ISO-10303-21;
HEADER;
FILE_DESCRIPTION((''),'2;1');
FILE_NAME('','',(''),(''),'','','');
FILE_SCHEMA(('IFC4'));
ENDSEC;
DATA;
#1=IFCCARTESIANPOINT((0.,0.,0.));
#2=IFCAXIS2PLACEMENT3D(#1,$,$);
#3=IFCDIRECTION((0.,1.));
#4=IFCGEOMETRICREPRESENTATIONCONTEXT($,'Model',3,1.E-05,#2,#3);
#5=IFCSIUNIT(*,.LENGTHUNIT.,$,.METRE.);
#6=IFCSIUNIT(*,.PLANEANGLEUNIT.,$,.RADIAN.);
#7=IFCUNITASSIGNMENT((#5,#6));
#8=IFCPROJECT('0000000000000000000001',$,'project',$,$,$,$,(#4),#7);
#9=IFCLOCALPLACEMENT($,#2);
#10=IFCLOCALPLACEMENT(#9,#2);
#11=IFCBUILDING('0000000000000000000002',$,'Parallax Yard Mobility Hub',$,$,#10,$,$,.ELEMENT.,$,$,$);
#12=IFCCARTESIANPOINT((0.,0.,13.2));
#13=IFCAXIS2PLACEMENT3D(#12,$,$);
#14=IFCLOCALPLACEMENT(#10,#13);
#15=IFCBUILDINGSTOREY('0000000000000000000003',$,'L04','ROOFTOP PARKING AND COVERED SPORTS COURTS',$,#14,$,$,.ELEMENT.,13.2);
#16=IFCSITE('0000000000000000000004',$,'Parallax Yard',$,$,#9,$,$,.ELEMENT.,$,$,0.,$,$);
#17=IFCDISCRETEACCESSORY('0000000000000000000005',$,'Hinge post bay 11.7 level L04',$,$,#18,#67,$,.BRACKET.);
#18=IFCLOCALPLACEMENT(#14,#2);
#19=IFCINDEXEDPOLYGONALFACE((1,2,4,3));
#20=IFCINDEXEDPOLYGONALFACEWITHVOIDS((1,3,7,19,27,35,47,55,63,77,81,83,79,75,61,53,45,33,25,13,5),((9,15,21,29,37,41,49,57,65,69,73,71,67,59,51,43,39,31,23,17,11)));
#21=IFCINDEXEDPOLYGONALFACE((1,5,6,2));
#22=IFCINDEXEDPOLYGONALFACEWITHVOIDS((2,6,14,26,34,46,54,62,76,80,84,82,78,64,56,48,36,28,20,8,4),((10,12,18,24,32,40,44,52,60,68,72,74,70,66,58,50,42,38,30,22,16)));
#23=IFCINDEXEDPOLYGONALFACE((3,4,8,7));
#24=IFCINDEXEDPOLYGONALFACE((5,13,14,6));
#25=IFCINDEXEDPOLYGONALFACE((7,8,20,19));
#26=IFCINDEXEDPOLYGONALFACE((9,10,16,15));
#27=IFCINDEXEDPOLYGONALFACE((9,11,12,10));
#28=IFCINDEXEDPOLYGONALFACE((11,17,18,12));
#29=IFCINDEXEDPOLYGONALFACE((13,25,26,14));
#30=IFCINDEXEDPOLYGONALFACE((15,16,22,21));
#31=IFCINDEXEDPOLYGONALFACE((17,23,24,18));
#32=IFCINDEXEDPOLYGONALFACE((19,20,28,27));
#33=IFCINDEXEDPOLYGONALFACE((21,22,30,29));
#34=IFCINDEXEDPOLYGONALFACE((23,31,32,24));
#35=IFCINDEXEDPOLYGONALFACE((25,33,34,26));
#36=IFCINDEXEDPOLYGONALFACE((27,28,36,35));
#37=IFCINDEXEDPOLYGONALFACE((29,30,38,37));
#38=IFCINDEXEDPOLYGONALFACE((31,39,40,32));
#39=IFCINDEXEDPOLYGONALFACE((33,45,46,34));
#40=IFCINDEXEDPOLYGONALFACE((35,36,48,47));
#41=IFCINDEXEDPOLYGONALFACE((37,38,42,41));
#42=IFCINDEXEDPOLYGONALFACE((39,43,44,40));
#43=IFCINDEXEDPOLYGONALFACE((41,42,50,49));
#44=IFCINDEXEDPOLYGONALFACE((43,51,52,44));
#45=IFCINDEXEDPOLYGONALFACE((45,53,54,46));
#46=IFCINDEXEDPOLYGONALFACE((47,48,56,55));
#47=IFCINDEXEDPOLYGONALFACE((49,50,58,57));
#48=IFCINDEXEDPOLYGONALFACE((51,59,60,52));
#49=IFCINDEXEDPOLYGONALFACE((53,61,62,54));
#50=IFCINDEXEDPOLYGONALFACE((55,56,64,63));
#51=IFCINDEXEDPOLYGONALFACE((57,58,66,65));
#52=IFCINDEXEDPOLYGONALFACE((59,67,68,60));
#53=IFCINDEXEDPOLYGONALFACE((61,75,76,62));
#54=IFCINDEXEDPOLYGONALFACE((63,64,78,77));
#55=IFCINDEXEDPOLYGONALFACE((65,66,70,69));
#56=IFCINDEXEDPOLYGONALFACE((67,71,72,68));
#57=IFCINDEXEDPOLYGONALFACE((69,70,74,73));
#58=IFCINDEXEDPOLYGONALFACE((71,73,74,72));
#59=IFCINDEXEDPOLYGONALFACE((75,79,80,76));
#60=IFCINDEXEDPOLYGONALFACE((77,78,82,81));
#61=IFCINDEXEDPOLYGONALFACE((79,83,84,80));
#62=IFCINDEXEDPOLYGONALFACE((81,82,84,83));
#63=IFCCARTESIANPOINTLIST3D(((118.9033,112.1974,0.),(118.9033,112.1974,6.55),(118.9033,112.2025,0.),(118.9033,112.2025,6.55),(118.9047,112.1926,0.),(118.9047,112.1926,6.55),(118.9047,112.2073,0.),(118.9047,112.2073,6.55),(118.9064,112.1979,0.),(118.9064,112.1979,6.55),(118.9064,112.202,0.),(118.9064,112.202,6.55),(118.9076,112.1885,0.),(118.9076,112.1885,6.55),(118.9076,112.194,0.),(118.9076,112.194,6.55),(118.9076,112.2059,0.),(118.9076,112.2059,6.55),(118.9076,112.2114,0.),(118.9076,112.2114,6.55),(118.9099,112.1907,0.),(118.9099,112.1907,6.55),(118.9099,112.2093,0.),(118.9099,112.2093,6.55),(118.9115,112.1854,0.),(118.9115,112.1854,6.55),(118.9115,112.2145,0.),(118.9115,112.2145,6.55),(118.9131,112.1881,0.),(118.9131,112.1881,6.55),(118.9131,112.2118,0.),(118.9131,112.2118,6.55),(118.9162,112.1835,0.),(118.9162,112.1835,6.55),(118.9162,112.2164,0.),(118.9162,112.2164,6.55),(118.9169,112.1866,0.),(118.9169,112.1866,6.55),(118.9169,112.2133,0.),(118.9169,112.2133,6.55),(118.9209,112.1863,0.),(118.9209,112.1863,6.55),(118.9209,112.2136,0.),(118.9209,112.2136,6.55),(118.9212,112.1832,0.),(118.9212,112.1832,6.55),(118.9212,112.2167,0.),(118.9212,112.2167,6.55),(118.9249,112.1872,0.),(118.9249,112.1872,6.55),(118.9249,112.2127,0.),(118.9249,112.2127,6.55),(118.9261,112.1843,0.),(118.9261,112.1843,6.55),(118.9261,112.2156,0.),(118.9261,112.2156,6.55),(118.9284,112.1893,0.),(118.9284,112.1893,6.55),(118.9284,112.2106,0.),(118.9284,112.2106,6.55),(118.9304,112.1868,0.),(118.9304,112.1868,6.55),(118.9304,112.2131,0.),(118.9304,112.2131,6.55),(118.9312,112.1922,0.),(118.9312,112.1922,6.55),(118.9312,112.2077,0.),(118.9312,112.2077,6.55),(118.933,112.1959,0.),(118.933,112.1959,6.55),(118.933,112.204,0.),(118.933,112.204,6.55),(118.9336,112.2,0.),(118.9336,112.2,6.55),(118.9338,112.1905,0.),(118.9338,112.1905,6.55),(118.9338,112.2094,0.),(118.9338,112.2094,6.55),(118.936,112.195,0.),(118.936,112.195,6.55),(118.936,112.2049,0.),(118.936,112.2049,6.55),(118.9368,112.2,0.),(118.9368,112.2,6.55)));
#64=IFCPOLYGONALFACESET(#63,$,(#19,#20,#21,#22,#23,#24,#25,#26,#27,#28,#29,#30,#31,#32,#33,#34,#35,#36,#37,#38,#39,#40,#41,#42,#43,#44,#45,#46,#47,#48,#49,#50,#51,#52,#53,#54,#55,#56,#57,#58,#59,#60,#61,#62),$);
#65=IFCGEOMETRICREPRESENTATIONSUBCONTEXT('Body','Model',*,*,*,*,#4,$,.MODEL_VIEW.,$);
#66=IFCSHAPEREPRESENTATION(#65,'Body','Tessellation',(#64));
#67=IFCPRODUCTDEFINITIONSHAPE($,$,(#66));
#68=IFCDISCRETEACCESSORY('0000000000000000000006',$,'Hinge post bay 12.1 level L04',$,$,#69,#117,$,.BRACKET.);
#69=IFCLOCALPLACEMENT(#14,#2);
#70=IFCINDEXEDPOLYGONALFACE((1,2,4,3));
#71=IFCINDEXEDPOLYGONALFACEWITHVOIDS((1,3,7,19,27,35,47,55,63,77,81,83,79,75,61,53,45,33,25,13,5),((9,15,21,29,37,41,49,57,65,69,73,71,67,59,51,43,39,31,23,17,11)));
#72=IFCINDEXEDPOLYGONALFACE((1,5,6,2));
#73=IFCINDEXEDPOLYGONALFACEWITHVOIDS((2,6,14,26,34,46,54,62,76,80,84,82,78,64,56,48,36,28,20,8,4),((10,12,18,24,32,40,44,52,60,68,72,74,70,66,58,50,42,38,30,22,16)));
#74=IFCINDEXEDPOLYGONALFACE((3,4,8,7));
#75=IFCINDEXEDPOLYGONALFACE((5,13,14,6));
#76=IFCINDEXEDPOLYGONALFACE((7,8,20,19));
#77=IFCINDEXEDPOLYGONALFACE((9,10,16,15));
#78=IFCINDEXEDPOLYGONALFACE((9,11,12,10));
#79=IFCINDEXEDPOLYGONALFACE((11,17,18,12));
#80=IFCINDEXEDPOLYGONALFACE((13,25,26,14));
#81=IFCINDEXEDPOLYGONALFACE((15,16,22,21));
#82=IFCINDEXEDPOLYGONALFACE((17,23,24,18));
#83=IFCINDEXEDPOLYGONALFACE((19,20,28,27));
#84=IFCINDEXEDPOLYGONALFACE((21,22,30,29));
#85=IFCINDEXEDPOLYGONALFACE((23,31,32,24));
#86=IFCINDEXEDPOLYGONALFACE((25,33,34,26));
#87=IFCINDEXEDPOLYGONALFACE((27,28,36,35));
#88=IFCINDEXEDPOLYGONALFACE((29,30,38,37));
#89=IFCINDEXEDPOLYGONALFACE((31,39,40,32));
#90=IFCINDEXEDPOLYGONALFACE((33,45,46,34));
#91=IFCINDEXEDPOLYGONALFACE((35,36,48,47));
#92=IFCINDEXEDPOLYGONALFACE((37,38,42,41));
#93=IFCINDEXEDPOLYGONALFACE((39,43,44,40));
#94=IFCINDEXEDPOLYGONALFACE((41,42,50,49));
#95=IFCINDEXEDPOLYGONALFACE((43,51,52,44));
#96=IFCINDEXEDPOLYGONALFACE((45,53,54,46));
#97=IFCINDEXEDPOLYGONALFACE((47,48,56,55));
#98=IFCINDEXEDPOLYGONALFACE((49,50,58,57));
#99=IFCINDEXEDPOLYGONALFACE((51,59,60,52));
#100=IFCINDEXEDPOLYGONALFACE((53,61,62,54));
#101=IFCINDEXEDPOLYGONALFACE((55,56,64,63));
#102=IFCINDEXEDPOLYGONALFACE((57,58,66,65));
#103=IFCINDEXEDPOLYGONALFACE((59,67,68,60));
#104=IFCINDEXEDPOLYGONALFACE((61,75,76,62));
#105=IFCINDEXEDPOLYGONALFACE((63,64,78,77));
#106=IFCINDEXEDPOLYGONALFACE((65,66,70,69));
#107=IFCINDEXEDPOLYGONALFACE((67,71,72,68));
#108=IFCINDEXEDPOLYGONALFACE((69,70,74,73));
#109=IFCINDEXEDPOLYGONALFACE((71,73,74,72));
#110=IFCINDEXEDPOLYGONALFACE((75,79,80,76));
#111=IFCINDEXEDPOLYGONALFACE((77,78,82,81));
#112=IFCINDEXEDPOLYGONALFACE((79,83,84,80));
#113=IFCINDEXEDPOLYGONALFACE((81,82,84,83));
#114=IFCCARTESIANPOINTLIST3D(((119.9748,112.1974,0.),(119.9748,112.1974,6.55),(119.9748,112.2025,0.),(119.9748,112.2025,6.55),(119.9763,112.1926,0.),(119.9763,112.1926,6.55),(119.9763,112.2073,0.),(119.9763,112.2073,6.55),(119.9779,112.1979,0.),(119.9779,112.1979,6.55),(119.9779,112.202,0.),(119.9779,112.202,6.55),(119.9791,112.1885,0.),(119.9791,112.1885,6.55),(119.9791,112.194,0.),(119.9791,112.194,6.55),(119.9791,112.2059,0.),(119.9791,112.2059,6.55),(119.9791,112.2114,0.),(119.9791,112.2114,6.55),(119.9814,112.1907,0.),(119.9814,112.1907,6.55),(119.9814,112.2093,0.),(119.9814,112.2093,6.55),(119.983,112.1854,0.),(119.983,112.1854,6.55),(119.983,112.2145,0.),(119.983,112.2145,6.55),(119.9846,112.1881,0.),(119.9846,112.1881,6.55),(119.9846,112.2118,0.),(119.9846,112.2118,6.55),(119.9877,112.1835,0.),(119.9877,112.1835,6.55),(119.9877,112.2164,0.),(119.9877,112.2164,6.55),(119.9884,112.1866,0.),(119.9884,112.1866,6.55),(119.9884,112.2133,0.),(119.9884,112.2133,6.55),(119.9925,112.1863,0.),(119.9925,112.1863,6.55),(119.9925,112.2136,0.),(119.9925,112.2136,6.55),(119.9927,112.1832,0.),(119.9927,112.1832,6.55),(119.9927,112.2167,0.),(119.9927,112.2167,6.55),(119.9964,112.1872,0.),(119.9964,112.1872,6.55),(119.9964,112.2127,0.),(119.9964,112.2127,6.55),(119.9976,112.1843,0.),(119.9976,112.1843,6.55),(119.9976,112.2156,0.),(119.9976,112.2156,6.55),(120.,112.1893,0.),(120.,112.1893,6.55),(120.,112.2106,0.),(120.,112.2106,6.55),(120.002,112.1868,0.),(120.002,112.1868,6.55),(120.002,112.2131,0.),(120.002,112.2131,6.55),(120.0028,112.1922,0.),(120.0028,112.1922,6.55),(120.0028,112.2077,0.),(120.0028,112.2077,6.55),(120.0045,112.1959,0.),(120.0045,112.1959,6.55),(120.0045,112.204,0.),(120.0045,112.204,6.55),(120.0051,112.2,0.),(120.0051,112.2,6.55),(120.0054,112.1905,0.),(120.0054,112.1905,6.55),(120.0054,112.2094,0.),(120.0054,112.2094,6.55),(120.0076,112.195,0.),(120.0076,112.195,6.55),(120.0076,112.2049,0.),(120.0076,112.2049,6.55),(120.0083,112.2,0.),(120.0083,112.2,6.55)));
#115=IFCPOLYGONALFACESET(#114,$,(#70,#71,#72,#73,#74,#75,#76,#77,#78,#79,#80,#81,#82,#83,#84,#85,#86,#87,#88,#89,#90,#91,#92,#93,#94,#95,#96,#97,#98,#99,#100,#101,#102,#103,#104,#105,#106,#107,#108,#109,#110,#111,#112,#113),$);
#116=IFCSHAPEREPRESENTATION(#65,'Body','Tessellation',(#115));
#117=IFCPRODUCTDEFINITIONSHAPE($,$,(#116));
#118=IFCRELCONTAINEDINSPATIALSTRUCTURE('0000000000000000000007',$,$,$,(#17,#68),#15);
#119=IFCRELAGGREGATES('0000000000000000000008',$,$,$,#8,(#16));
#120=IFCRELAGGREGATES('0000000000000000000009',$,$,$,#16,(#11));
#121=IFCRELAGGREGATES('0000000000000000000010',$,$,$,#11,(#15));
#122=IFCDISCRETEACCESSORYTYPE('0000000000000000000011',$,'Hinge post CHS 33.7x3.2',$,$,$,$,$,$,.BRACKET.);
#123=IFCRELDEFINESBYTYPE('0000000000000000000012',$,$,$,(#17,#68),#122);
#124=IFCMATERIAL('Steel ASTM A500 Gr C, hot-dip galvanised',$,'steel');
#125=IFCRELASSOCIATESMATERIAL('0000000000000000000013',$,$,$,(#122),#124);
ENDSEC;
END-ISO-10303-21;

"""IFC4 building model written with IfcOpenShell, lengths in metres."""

from ifc_helpers import new_model, si_unit, direction, frame, origin, origin_2d, place, context, subcontext, project, spatial, hollow_circle, extrude, material, material_profile, profile_set, type_object, element, save


model = new_model("IFC4")

# Units and contexts
model_context = context("Model", 3, precision=1e-05, world=origin(), true_north=direction((0.0, 1.0)))
body_context = subcontext(model_context, "Body", "Model", "MODEL_VIEW")
ifc_project = project(units=[si_unit("LENGTHUNIT", "METRE"), si_unit("PLANEANGLEUNIT", "RADIAN")], contexts=[model_context])

# Site, building, storey
site_placement = place(None, origin())
site = spatial("IfcSite", under=ifc_project, at=site_placement, Name="Parallax Yard", CompositionType="ELEMENT", RefElevation=0.0)
building_placement = place(site_placement, origin())
building = spatial("IfcBuilding", under=site, at=building_placement, Name="Parallax Yard Mobility Hub", CompositionType="ELEMENT")
storey_placement = place(building_placement, frame((0.0, 0.0, 13.2)))
storey = spatial("IfcBuildingStorey", under=building, at=storey_placement, Name="L04", Description="ROOFTOP PARKING AND COVERED SPORTS COURTS", CompositionType="ELEMENT", Elevation=13.2)

# Discrete accessories
ifc_material_1 = material(Name="Steel ASTM A500 Gr C, hot-dip galvanised", Category="steel")
ifc_material_profile_1 = material_profile(ifc_material_1, hollow_circle(Radius=0.0168, WallThickness=0.0032, at=origin_2d()), Name="CHS 33.7x3.2")
ifc_profile_set_1 = profile_set([ifc_material_profile_1], Name="Steel ASTM A500 Gr C, hot-dip galvanised")
discrete_accessory_type_1 = type_object("IfcDiscreteAccessoryType", Name="Hinge post CHS 33.7x3.2", PredefinedType="BRACKET", material=ifc_profile_set_1)
for number, where, z_axis, x_axis, name in (
    (1, (118.9199, 112.2, 0.0), (0.0, 0.0, 1.0), (1.0, 0.0, 0.0), "Hinge post bay 11.7 level L04"),
    (2, (119.9915, 112.2, 0.0), (0.0, 0.0, 1.0), (1.0, 0.0, 0.0), "Hinge post bay 12.1 level L04"),
):
    element("IfcDiscreteAccessory", number, at=place(storey_placement, frame(where, z_axis=z_axis, x_axis=x_axis)), inside=storey, type_object=discrete_accessory_type_1, Name=name, PredefinedType="BRACKET", context=body_context, shape_type="SweptSolid", body=[
        extrude(hollow_circle(Radius=0.0168, WallThickness=0.0032, at=origin_2d()), origin(), (0.0, 0.0, 1.0), 6.55),
    ])

save(model, "model.ifc")
